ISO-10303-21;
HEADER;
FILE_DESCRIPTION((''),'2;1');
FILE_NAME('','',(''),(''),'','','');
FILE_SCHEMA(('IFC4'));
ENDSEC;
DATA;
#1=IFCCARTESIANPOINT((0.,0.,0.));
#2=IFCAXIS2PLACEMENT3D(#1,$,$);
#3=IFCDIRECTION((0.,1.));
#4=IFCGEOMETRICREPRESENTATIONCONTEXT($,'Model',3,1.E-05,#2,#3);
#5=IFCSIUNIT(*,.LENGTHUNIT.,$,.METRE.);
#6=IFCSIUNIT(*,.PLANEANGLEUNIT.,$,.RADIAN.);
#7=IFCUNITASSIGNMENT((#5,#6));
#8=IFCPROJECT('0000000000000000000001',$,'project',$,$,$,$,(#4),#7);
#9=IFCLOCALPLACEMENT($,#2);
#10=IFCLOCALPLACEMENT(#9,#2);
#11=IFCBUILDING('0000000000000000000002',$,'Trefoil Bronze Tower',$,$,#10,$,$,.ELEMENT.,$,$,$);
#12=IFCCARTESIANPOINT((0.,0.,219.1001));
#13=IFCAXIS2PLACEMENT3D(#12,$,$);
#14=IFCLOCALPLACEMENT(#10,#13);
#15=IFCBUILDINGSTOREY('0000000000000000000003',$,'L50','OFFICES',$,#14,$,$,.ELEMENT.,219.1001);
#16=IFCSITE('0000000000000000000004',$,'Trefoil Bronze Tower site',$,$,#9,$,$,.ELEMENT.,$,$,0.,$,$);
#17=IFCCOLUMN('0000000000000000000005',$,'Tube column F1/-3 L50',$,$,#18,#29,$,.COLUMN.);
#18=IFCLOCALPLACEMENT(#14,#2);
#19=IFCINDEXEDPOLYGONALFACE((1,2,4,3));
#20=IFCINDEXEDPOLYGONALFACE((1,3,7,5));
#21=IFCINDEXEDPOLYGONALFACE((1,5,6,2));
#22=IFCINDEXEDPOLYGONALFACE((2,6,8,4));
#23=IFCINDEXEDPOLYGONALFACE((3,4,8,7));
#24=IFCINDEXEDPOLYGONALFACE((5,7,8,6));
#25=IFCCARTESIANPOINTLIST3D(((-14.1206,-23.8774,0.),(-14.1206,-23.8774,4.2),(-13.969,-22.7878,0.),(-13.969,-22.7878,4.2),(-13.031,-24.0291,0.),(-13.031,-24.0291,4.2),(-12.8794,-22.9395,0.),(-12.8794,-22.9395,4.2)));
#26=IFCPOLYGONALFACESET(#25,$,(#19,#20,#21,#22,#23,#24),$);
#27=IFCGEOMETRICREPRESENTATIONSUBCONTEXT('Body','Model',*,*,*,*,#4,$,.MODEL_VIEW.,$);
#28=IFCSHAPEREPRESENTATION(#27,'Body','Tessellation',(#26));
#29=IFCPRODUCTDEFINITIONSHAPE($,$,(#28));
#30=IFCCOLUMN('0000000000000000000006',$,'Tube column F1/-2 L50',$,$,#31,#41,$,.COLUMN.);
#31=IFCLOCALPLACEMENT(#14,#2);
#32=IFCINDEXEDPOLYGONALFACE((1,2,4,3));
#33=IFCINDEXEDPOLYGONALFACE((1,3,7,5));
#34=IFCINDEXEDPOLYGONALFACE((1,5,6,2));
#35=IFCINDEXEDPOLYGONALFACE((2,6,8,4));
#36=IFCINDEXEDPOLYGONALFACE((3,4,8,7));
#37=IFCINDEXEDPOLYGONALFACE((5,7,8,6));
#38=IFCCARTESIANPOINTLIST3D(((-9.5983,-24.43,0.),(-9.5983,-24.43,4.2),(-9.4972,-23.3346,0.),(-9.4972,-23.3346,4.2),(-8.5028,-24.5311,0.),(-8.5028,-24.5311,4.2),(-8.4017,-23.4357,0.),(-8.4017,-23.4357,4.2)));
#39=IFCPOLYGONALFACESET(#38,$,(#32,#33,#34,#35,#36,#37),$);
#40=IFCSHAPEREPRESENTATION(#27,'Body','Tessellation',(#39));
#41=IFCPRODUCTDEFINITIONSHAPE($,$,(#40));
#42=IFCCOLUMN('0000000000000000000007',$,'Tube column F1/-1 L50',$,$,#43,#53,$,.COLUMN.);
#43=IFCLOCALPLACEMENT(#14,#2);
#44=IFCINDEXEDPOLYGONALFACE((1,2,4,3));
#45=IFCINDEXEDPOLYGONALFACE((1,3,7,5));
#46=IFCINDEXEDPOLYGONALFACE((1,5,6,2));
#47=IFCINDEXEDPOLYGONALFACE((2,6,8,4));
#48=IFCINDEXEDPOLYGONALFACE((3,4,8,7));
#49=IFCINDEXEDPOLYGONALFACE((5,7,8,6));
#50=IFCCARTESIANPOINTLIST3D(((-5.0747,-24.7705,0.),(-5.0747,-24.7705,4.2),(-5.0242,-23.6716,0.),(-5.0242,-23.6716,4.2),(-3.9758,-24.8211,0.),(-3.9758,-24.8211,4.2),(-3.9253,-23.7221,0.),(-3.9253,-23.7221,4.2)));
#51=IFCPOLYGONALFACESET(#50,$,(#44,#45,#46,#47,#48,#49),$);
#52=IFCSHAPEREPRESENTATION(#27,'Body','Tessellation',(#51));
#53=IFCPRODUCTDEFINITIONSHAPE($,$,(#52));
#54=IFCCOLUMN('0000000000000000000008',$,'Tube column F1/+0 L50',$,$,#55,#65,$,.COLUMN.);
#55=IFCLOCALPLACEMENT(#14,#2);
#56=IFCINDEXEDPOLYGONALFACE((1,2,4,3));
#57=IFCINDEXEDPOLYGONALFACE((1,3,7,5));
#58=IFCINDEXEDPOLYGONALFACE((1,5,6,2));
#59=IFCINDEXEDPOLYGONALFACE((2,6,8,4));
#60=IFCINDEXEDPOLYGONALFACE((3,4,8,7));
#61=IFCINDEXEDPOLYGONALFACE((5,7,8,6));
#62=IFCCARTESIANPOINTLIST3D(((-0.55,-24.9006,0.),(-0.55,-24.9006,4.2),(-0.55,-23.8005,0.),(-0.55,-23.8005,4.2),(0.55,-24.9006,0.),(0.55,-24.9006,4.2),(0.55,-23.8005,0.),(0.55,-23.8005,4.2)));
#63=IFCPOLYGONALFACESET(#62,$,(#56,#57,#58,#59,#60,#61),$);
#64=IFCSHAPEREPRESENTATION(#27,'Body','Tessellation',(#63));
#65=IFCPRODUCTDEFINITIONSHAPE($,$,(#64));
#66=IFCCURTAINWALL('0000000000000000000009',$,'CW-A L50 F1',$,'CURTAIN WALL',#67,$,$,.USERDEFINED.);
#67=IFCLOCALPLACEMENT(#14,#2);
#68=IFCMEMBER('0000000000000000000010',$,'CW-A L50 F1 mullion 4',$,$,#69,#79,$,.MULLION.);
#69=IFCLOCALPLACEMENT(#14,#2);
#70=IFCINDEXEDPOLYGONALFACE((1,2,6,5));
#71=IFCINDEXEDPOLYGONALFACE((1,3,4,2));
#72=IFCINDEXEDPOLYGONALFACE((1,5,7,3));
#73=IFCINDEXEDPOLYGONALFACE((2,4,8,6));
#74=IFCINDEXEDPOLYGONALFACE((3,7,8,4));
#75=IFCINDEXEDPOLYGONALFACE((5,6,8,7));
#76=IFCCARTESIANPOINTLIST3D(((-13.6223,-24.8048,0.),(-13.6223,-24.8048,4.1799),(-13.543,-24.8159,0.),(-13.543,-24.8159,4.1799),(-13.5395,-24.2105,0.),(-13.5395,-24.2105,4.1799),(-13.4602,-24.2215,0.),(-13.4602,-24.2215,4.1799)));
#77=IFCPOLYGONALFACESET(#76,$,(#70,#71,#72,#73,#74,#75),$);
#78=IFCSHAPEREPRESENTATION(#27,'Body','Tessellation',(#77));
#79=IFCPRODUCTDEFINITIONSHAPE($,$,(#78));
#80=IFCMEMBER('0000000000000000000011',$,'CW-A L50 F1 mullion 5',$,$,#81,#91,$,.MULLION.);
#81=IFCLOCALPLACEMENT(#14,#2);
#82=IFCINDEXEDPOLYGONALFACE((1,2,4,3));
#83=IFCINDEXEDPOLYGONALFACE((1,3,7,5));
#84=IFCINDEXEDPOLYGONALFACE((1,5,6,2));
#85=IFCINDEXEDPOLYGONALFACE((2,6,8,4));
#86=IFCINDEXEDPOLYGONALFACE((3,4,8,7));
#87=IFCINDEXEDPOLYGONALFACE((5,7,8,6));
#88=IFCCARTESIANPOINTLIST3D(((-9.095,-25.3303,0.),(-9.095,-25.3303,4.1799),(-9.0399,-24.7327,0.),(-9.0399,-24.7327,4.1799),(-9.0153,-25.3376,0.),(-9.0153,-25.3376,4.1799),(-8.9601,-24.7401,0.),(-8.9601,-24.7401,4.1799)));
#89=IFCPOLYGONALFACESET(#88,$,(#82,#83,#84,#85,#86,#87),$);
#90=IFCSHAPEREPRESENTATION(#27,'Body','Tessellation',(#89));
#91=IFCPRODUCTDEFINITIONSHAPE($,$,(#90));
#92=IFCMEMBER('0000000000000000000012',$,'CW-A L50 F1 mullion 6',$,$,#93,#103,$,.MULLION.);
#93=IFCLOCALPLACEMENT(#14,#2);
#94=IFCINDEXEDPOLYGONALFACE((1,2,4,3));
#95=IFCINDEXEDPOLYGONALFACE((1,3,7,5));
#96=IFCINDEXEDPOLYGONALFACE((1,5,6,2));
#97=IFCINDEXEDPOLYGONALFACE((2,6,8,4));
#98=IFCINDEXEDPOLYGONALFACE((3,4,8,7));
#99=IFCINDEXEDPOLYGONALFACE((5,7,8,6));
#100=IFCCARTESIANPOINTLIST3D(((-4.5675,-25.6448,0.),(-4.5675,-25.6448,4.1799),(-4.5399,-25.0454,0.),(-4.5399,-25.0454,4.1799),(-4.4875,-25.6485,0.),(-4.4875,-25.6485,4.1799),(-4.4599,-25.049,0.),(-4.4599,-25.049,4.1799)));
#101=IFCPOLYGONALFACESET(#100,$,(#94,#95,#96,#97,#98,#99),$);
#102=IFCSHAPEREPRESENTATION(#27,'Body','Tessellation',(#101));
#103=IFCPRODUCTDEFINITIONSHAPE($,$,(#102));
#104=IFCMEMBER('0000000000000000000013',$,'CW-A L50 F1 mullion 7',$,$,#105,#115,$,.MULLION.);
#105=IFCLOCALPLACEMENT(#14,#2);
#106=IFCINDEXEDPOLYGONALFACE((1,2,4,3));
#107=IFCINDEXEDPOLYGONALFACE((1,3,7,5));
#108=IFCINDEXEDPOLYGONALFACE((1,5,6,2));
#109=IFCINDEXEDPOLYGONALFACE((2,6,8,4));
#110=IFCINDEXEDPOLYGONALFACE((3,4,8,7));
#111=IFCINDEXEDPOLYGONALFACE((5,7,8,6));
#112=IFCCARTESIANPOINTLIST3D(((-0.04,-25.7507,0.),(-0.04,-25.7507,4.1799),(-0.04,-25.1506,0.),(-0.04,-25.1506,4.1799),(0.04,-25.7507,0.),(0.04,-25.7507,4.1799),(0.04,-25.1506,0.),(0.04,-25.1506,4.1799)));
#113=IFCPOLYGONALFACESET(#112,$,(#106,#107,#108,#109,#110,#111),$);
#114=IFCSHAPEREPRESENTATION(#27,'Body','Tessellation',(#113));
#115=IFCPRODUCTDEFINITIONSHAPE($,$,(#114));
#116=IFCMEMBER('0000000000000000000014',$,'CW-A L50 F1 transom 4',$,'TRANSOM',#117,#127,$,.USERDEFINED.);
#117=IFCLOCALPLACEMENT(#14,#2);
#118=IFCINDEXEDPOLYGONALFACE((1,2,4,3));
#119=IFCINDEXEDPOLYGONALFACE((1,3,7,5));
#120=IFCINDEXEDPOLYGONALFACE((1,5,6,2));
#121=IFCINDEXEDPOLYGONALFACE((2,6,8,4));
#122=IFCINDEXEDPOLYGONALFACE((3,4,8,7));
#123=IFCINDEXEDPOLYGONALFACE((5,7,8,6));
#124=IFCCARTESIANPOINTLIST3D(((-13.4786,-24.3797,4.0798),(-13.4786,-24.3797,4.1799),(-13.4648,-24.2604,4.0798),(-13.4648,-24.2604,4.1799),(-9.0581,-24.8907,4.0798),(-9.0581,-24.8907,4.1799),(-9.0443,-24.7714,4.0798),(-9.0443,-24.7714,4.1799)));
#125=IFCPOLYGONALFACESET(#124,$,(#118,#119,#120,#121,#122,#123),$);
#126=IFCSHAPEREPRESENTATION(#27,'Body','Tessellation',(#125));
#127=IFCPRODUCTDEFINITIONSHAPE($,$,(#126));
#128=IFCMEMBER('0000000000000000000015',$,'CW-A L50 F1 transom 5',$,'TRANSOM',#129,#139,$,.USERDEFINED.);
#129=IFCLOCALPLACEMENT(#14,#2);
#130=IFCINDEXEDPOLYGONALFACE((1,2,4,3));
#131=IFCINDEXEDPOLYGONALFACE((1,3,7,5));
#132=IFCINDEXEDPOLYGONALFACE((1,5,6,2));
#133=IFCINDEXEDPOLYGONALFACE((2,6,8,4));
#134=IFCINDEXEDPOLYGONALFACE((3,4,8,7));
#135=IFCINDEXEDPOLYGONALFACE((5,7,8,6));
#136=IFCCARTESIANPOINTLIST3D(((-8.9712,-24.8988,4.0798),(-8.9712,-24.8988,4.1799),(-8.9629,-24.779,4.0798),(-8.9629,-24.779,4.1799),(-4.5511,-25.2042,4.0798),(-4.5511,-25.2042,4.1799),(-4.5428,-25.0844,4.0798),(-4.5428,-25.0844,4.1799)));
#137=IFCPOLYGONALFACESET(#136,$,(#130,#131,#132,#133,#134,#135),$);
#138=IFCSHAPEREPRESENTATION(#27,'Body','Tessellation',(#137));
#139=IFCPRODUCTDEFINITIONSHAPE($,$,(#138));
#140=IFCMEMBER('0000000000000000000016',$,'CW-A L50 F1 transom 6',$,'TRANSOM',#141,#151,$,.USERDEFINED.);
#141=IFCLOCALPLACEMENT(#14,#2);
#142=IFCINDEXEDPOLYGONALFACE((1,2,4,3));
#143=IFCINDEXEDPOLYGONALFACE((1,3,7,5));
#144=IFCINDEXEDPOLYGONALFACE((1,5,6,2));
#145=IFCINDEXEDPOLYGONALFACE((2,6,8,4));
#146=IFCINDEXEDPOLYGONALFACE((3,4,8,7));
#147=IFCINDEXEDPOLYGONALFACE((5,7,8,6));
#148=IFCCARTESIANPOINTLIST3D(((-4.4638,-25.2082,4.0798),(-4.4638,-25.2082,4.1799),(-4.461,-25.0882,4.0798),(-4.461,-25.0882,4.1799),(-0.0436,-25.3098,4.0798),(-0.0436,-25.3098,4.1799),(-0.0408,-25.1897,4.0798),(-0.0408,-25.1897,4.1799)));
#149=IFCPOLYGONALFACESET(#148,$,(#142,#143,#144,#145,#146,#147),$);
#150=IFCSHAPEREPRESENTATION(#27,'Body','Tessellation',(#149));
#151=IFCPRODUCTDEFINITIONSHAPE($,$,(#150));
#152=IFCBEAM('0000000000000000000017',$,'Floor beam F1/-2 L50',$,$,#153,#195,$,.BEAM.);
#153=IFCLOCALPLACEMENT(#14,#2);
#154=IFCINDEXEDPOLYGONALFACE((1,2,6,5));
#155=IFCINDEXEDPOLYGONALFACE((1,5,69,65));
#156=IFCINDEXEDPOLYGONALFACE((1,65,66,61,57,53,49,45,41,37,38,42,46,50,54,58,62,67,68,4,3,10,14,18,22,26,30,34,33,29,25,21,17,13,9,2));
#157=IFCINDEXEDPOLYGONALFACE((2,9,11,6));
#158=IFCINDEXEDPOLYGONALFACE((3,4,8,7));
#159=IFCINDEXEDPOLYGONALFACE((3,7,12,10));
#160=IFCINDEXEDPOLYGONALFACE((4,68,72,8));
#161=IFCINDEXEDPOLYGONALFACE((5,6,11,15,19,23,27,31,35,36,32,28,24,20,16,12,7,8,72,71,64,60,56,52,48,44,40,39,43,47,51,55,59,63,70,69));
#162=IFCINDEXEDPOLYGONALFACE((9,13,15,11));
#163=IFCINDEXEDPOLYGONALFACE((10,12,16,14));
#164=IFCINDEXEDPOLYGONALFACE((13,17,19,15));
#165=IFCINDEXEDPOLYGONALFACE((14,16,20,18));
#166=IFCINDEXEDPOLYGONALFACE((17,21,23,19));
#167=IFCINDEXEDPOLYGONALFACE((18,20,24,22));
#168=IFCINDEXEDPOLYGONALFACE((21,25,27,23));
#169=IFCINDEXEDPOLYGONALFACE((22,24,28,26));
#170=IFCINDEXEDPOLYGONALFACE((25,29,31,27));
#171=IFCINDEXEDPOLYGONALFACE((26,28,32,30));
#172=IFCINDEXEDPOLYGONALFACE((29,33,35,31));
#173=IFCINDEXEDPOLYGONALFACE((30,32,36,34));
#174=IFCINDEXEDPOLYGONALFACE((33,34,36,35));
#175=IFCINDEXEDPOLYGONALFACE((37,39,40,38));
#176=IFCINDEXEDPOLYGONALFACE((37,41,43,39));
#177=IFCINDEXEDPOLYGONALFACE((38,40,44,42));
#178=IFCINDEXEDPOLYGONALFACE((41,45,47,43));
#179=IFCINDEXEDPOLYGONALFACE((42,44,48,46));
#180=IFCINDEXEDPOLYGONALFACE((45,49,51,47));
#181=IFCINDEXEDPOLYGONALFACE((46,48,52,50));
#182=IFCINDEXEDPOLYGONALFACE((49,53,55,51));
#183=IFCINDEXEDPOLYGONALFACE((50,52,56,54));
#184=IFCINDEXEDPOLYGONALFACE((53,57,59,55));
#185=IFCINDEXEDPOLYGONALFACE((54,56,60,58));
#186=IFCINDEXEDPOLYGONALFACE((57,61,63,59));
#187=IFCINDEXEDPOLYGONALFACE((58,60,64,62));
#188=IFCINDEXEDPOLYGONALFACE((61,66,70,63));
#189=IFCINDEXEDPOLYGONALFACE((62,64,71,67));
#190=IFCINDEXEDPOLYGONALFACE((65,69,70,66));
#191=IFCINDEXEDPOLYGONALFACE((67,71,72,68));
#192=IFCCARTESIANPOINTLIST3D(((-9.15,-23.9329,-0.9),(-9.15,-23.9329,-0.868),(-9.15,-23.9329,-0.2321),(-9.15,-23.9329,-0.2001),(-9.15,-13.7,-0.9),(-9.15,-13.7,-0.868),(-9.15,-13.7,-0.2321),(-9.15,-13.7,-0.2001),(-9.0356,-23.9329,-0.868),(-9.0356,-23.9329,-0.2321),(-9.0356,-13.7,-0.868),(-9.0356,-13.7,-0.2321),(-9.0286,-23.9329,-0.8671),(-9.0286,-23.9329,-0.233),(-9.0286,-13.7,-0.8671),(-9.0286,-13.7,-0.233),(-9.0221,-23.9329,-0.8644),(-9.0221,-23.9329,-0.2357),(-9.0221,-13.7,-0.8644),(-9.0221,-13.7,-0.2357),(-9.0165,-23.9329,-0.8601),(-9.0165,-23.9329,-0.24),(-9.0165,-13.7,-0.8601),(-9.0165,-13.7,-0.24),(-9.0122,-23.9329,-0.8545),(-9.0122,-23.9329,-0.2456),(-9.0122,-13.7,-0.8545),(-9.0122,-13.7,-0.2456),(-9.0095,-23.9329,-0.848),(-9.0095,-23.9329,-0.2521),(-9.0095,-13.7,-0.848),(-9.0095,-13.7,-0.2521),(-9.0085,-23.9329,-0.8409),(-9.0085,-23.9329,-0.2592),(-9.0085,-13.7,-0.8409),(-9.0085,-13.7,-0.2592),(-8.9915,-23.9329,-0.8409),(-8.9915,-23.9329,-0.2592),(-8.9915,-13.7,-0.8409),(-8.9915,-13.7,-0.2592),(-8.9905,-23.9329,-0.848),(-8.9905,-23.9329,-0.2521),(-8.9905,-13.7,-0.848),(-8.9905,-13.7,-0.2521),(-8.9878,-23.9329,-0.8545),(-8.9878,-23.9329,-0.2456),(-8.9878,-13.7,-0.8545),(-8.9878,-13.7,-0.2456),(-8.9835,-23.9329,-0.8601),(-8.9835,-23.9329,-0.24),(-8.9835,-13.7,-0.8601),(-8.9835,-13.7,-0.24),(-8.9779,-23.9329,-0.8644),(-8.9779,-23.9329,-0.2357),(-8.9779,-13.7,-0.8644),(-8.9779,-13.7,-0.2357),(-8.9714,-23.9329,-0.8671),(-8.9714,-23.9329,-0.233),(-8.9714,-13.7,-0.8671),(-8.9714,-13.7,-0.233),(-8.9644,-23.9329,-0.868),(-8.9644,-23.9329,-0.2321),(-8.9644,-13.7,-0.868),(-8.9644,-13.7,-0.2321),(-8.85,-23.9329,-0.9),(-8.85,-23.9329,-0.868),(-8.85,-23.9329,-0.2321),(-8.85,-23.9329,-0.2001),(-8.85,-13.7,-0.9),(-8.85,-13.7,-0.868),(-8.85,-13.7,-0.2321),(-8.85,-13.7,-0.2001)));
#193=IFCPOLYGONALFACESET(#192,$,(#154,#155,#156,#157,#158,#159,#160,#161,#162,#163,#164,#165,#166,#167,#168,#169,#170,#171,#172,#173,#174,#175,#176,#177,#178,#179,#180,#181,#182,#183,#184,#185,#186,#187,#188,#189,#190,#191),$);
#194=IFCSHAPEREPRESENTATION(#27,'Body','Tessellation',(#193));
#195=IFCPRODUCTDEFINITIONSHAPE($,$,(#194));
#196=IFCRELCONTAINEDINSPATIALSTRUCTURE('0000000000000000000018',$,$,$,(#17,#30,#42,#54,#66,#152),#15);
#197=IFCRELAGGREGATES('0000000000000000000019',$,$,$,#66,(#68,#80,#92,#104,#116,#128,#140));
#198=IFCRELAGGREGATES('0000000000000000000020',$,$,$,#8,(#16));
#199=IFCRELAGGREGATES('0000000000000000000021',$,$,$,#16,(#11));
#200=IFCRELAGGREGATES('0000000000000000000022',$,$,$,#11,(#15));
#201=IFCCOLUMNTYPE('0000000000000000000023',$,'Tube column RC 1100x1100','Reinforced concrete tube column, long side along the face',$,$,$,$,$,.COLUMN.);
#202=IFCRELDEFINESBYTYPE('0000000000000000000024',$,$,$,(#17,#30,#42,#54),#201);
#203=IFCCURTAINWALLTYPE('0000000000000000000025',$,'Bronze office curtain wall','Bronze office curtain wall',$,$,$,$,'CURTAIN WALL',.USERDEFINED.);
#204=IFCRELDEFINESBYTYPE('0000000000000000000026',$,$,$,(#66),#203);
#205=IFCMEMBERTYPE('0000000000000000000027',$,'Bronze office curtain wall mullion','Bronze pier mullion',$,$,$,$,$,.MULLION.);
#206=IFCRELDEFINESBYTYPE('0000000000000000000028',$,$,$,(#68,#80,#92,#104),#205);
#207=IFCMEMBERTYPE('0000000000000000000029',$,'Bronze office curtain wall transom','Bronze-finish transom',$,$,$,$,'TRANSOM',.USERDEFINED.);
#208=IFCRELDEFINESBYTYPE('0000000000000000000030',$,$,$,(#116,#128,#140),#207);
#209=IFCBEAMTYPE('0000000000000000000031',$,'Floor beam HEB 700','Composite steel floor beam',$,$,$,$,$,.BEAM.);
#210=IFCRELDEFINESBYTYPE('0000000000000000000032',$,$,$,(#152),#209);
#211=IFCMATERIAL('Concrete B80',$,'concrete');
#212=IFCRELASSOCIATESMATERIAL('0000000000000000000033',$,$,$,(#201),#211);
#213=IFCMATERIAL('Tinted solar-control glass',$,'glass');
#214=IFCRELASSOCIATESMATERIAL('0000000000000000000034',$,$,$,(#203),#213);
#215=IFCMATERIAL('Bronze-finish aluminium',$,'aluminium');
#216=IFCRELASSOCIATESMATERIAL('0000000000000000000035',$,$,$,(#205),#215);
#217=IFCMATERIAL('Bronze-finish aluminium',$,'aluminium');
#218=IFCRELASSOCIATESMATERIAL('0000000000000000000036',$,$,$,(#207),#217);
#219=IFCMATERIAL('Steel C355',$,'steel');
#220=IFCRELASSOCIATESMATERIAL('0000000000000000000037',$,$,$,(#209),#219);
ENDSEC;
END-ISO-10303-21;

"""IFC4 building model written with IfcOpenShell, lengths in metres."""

from ifc_helpers import new_model, si_unit, direction, frame, origin, origin_2d, place, context, subcontext, project, spatial, rectangle, i_section, extrude, material, material_profile, profile_set, type_object, element, aggregate, save


model = new_model("IFC4")

# Units and contexts
model_context = context("Model", 3, precision=1e-05, world=origin(), true_north=direction((0.0, 1.0)))
body_context = subcontext(model_context, "Body", "Model", "MODEL_VIEW")
ifc_project = project(units=[si_unit("LENGTHUNIT", "METRE"), si_unit("PLANEANGLEUNIT", "RADIAN")], contexts=[model_context])

# Site, building, storey
site_placement = place(None, origin())
site = spatial("IfcSite", under=ifc_project, at=site_placement, Name="Trefoil Bronze Tower site", CompositionType="ELEMENT", RefElevation=0.0)
building_placement = place(site_placement, origin())
building = spatial("IfcBuilding", under=site, at=building_placement, Name="Trefoil Bronze Tower", CompositionType="ELEMENT")
storey_placement = place(building_placement, frame((0.0, 0.0, 219.1001)))
storey = spatial("IfcBuildingStorey", under=building, at=storey_placement, Name="L50", Description="OFFICES", CompositionType="ELEMENT", Elevation=219.1001)

# Columns
ifc_material_1 = material(Name="Concrete B80", Category="concrete")
ifc_material_profile_1 = material_profile(ifc_material_1, rectangle(XDim=1.1001, YDim=1.1001, at=origin_2d()), Name="RC 1100x1100")
ifc_profile_set_1 = profile_set([ifc_material_profile_1], Name="Concrete B80")
column_type = type_object("IfcColumnType", Name="Tube column RC 1100x1100", Description="Reinforced concrete tube column, long side along the face", PredefinedType="COLUMN", material=ifc_profile_set_1)
for number, where, z_axis, x_axis, name in (
    (1, (-13.5, -23.4084, 0.0), (0.0, 0.0, 1.0), (0.990451, -0.137868, 0.0), "Tube column F1/-3 L50"),
    (2, (-9.0, -23.9329, 0.0), (0.0, 0.0, 1.0), (0.995767, -0.091911, 0.0), "Tube column F1/-2 L50"),
    (3, (-4.5, -24.2463, 0.0), (0.0, 0.0, 1.0), (0.998943, -0.045956, 0.0), "Tube column F1/-1 L50"),
    (4, (0.0, -24.3506, 0.0), (0.0, 0.0, 1.0), (1.0, 0.0, 0.0), "Tube column F1/+0 L50"),
):
    element("IfcColumn", number, at=place(storey_placement, frame(where, z_axis=z_axis, x_axis=x_axis)), inside=storey, type_object=column_type, Name=name, PredefinedType="COLUMN", context=body_context, shape_type="SweptSolid", body=[
        extrude(rectangle(XDim=1.1001, YDim=1.1001, at=origin_2d()), origin(), (0.0, 0.0, 1.0), 4.2),
    ])

# Curtain wall, members
ifc_material_2 = material(Name="Tinted solar-control glass", Category="glass")
curtain_wall_type = type_object("IfcCurtainWallType", Name="Bronze office curtain wall", Description="Bronze office curtain wall", ElementType="CURTAIN WALL", PredefinedType="USERDEFINED", material=ifc_material_2)
curtain_wall_placement = place(storey_placement, origin())
curtain_wall = element("IfcCurtainWall", 5, at=curtain_wall_placement, inside=storey, type_object=curtain_wall_type, Name="CW-A L50 F1", ObjectType="CURTAIN WALL", PredefinedType="USERDEFINED")
ifc_material_3 = material(Name="Bronze-finish aluminium", Category="aluminium")
ifc_material_profile_2 = material_profile(ifc_material_3, rectangle(XDim=0.6001, YDim=0.0801, at=origin_2d()), Name="CW-A mullion")
ifc_profile_set_2 = profile_set([ifc_material_profile_2], Name="Bronze-finish aluminium")
member_type_1 = type_object("IfcMemberType", Name="Bronze office curtain wall mullion", Description="Bronze pier mullion", PredefinedType="MULLION", material=ifc_profile_set_2)
member_1_placement = place(storey_placement, frame((-13.5413, -24.5132, 0.0), z_axis=(0.0, 0.0, 1.0), x_axis=(0.137868, 0.990451, 0.0)))
member_1 = element("IfcMember", 6, at=member_1_placement, type_object=member_type_1, Name="CW-A L50 F1 mullion 4", PredefinedType="MULLION", context=body_context, shape_type="SweptSolid", body=[
    extrude(rectangle(XDim=0.6001, YDim=0.0801, at=origin_2d()), origin(), (0.0, 0.0, 1.0), 4.1799),
])
member_2_placement = place(storey_placement, frame((-9.0276, -25.0352, 0.0), z_axis=(0.0, 0.0, 1.0), x_axis=(0.091911, 0.995767, 0.0)))
member_2 = element("IfcMember", 7, at=member_2_placement, type_object=member_type_1, Name="CW-A L50 F1 mullion 5", PredefinedType="MULLION", context=body_context, shape_type="SweptSolid", body=[
    extrude(rectangle(XDim=0.6001, YDim=0.0801, at=origin_2d()), origin(), (0.0, 0.0, 1.0), 4.1799),
])
member_3_placement = place(storey_placement, frame((-4.5137, -25.3469, 0.0), z_axis=(0.0, 0.0, 1.0), x_axis=(0.045956, 0.998943, 0.0)))
member_3 = element("IfcMember", 8, at=member_3_placement, type_object=member_type_1, Name="CW-A L50 F1 mullion 6", PredefinedType="MULLION", context=body_context, shape_type="SweptSolid", body=[
    extrude(rectangle(XDim=0.6001, YDim=0.0801, at=origin_2d()), origin(), (0.0, 0.0, 1.0), 4.1799),
])
member_4_placement = place(storey_placement, frame((0.0, -25.4507, 0.0), z_axis=(0.0, 0.0, 1.0), x_axis=(0.0, 1.0, 0.0)))
member_4 = element("IfcMember", 9, at=member_4_placement, type_object=member_type_1, Name="CW-A L50 F1 mullion 7", PredefinedType="MULLION", context=body_context, shape_type="SweptSolid", body=[
    extrude(rectangle(XDim=0.6001, YDim=0.0801, at=origin_2d()), origin(), (0.0, 0.0, 1.0), 4.1799),
])
ifc_material_4 = material(Name="Bronze-finish aluminium", Category="aluminium")
ifc_material_profile_3 = material_profile(ifc_material_4, rectangle(XDim=0.1201, YDim=0.1001, at=origin_2d()), Name="CW-A transom")
ifc_profile_set_3 = profile_set([ifc_material_profile_3], Name="Bronze-finish aluminium")
member_type_2 = type_object("IfcMemberType", Name="Bronze office curtain wall transom", Description="Bronze-finish transom", ElementType="TRANSOM", PredefinedType="USERDEFINED", material=ifc_profile_set_3)
member_5_placement = place(storey_placement, frame((-13.4717, -24.3201, 4.1299), z_axis=(0.993385, -0.114832, 0.0), x_axis=(0.114832, 0.993385, 0.0)))
member_5 = element("IfcMember", 10, at=member_5_placement, type_object=member_type_2, Name="CW-A L50 F1 transom 4", ObjectType="TRANSOM", PredefinedType="USERDEFINED", context=body_context, shape_type="SweptSolid", body=[
    extrude(rectangle(XDim=0.1201, YDim=0.1001, at=origin_2d()), origin(), (0.0, 0.0, 1.0), 4.45),
])
member_6_placement = place(storey_placement, frame((-8.967, -24.8389, 4.1299), z_axis=(0.997621, -0.068933, 0.0), x_axis=(0.068933, 0.997621, 0.0)))
member_6 = element("IfcMember", 11, at=member_6_placement, type_object=member_type_2, Name="CW-A L50 F1 transom 5", ObjectType="TRANSOM", PredefinedType="USERDEFINED", context=body_context, shape_type="SweptSolid", body=[
    extrude(rectangle(XDim=0.1201, YDim=0.1001, at=origin_2d()), origin(), (0.0, 0.0, 1.0), 4.4307),
])
member_7_placement = place(storey_placement, frame((-4.4624, -25.1482, 4.1299), z_axis=(0.999736, -0.022971, 0.0), x_axis=(0.022971, 0.999736, 0.0)))
member_7 = element("IfcMember", 12, at=member_7_placement, type_object=member_type_2, Name="CW-A L50 F1 transom 6", ObjectType="TRANSOM", PredefinedType="USERDEFINED", context=body_context, shape_type="SweptSolid", body=[
    extrude(rectangle(XDim=0.1201, YDim=0.1001, at=origin_2d()), origin(), (0.0, 0.0, 1.0), 4.4214),
])

# Beam
ifc_material_5 = material(Name="Steel C355", Category="steel")
ifc_material_profile_4 = material_profile(ifc_material_5, i_section(OverallWidth=0.3, OverallDepth=0.7, WebThickness=0.0171, FlangeThickness=0.032, FilletRadius=0.0271, at=origin_2d()), Name="HEB 700")
ifc_profile_set_4 = profile_set([ifc_material_profile_4], Name="Steel C355")
beam_type_1 = type_object("IfcBeamType", Name="Floor beam HEB 700", Description="Composite steel floor beam", PredefinedType="BEAM", material=ifc_profile_set_4)
beam_1_placement = place(storey_placement, frame((-9.0, -23.9329, -0.55), z_axis=(0.0, 1.0, 0.0), x_axis=(-1.0, 0.0, 0.0)))
element("IfcBeam", 13, at=beam_1_placement, inside=storey, type_object=beam_type_1, Name="Floor beam F1/-2 L50", PredefinedType="BEAM", context=body_context, shape_type="SweptSolid", body=[
    extrude(i_section(OverallWidth=0.3, OverallDepth=0.7, WebThickness=0.0171, FlangeThickness=0.032, FilletRadius=0.0271, at=origin_2d()), origin(), (0.0, 0.0, 1.0), 10.2329),
])

aggregate(curtain_wall, [member_1, member_2, member_3, member_4, member_5, member_6, member_7])

save(model, "model.ifc")
